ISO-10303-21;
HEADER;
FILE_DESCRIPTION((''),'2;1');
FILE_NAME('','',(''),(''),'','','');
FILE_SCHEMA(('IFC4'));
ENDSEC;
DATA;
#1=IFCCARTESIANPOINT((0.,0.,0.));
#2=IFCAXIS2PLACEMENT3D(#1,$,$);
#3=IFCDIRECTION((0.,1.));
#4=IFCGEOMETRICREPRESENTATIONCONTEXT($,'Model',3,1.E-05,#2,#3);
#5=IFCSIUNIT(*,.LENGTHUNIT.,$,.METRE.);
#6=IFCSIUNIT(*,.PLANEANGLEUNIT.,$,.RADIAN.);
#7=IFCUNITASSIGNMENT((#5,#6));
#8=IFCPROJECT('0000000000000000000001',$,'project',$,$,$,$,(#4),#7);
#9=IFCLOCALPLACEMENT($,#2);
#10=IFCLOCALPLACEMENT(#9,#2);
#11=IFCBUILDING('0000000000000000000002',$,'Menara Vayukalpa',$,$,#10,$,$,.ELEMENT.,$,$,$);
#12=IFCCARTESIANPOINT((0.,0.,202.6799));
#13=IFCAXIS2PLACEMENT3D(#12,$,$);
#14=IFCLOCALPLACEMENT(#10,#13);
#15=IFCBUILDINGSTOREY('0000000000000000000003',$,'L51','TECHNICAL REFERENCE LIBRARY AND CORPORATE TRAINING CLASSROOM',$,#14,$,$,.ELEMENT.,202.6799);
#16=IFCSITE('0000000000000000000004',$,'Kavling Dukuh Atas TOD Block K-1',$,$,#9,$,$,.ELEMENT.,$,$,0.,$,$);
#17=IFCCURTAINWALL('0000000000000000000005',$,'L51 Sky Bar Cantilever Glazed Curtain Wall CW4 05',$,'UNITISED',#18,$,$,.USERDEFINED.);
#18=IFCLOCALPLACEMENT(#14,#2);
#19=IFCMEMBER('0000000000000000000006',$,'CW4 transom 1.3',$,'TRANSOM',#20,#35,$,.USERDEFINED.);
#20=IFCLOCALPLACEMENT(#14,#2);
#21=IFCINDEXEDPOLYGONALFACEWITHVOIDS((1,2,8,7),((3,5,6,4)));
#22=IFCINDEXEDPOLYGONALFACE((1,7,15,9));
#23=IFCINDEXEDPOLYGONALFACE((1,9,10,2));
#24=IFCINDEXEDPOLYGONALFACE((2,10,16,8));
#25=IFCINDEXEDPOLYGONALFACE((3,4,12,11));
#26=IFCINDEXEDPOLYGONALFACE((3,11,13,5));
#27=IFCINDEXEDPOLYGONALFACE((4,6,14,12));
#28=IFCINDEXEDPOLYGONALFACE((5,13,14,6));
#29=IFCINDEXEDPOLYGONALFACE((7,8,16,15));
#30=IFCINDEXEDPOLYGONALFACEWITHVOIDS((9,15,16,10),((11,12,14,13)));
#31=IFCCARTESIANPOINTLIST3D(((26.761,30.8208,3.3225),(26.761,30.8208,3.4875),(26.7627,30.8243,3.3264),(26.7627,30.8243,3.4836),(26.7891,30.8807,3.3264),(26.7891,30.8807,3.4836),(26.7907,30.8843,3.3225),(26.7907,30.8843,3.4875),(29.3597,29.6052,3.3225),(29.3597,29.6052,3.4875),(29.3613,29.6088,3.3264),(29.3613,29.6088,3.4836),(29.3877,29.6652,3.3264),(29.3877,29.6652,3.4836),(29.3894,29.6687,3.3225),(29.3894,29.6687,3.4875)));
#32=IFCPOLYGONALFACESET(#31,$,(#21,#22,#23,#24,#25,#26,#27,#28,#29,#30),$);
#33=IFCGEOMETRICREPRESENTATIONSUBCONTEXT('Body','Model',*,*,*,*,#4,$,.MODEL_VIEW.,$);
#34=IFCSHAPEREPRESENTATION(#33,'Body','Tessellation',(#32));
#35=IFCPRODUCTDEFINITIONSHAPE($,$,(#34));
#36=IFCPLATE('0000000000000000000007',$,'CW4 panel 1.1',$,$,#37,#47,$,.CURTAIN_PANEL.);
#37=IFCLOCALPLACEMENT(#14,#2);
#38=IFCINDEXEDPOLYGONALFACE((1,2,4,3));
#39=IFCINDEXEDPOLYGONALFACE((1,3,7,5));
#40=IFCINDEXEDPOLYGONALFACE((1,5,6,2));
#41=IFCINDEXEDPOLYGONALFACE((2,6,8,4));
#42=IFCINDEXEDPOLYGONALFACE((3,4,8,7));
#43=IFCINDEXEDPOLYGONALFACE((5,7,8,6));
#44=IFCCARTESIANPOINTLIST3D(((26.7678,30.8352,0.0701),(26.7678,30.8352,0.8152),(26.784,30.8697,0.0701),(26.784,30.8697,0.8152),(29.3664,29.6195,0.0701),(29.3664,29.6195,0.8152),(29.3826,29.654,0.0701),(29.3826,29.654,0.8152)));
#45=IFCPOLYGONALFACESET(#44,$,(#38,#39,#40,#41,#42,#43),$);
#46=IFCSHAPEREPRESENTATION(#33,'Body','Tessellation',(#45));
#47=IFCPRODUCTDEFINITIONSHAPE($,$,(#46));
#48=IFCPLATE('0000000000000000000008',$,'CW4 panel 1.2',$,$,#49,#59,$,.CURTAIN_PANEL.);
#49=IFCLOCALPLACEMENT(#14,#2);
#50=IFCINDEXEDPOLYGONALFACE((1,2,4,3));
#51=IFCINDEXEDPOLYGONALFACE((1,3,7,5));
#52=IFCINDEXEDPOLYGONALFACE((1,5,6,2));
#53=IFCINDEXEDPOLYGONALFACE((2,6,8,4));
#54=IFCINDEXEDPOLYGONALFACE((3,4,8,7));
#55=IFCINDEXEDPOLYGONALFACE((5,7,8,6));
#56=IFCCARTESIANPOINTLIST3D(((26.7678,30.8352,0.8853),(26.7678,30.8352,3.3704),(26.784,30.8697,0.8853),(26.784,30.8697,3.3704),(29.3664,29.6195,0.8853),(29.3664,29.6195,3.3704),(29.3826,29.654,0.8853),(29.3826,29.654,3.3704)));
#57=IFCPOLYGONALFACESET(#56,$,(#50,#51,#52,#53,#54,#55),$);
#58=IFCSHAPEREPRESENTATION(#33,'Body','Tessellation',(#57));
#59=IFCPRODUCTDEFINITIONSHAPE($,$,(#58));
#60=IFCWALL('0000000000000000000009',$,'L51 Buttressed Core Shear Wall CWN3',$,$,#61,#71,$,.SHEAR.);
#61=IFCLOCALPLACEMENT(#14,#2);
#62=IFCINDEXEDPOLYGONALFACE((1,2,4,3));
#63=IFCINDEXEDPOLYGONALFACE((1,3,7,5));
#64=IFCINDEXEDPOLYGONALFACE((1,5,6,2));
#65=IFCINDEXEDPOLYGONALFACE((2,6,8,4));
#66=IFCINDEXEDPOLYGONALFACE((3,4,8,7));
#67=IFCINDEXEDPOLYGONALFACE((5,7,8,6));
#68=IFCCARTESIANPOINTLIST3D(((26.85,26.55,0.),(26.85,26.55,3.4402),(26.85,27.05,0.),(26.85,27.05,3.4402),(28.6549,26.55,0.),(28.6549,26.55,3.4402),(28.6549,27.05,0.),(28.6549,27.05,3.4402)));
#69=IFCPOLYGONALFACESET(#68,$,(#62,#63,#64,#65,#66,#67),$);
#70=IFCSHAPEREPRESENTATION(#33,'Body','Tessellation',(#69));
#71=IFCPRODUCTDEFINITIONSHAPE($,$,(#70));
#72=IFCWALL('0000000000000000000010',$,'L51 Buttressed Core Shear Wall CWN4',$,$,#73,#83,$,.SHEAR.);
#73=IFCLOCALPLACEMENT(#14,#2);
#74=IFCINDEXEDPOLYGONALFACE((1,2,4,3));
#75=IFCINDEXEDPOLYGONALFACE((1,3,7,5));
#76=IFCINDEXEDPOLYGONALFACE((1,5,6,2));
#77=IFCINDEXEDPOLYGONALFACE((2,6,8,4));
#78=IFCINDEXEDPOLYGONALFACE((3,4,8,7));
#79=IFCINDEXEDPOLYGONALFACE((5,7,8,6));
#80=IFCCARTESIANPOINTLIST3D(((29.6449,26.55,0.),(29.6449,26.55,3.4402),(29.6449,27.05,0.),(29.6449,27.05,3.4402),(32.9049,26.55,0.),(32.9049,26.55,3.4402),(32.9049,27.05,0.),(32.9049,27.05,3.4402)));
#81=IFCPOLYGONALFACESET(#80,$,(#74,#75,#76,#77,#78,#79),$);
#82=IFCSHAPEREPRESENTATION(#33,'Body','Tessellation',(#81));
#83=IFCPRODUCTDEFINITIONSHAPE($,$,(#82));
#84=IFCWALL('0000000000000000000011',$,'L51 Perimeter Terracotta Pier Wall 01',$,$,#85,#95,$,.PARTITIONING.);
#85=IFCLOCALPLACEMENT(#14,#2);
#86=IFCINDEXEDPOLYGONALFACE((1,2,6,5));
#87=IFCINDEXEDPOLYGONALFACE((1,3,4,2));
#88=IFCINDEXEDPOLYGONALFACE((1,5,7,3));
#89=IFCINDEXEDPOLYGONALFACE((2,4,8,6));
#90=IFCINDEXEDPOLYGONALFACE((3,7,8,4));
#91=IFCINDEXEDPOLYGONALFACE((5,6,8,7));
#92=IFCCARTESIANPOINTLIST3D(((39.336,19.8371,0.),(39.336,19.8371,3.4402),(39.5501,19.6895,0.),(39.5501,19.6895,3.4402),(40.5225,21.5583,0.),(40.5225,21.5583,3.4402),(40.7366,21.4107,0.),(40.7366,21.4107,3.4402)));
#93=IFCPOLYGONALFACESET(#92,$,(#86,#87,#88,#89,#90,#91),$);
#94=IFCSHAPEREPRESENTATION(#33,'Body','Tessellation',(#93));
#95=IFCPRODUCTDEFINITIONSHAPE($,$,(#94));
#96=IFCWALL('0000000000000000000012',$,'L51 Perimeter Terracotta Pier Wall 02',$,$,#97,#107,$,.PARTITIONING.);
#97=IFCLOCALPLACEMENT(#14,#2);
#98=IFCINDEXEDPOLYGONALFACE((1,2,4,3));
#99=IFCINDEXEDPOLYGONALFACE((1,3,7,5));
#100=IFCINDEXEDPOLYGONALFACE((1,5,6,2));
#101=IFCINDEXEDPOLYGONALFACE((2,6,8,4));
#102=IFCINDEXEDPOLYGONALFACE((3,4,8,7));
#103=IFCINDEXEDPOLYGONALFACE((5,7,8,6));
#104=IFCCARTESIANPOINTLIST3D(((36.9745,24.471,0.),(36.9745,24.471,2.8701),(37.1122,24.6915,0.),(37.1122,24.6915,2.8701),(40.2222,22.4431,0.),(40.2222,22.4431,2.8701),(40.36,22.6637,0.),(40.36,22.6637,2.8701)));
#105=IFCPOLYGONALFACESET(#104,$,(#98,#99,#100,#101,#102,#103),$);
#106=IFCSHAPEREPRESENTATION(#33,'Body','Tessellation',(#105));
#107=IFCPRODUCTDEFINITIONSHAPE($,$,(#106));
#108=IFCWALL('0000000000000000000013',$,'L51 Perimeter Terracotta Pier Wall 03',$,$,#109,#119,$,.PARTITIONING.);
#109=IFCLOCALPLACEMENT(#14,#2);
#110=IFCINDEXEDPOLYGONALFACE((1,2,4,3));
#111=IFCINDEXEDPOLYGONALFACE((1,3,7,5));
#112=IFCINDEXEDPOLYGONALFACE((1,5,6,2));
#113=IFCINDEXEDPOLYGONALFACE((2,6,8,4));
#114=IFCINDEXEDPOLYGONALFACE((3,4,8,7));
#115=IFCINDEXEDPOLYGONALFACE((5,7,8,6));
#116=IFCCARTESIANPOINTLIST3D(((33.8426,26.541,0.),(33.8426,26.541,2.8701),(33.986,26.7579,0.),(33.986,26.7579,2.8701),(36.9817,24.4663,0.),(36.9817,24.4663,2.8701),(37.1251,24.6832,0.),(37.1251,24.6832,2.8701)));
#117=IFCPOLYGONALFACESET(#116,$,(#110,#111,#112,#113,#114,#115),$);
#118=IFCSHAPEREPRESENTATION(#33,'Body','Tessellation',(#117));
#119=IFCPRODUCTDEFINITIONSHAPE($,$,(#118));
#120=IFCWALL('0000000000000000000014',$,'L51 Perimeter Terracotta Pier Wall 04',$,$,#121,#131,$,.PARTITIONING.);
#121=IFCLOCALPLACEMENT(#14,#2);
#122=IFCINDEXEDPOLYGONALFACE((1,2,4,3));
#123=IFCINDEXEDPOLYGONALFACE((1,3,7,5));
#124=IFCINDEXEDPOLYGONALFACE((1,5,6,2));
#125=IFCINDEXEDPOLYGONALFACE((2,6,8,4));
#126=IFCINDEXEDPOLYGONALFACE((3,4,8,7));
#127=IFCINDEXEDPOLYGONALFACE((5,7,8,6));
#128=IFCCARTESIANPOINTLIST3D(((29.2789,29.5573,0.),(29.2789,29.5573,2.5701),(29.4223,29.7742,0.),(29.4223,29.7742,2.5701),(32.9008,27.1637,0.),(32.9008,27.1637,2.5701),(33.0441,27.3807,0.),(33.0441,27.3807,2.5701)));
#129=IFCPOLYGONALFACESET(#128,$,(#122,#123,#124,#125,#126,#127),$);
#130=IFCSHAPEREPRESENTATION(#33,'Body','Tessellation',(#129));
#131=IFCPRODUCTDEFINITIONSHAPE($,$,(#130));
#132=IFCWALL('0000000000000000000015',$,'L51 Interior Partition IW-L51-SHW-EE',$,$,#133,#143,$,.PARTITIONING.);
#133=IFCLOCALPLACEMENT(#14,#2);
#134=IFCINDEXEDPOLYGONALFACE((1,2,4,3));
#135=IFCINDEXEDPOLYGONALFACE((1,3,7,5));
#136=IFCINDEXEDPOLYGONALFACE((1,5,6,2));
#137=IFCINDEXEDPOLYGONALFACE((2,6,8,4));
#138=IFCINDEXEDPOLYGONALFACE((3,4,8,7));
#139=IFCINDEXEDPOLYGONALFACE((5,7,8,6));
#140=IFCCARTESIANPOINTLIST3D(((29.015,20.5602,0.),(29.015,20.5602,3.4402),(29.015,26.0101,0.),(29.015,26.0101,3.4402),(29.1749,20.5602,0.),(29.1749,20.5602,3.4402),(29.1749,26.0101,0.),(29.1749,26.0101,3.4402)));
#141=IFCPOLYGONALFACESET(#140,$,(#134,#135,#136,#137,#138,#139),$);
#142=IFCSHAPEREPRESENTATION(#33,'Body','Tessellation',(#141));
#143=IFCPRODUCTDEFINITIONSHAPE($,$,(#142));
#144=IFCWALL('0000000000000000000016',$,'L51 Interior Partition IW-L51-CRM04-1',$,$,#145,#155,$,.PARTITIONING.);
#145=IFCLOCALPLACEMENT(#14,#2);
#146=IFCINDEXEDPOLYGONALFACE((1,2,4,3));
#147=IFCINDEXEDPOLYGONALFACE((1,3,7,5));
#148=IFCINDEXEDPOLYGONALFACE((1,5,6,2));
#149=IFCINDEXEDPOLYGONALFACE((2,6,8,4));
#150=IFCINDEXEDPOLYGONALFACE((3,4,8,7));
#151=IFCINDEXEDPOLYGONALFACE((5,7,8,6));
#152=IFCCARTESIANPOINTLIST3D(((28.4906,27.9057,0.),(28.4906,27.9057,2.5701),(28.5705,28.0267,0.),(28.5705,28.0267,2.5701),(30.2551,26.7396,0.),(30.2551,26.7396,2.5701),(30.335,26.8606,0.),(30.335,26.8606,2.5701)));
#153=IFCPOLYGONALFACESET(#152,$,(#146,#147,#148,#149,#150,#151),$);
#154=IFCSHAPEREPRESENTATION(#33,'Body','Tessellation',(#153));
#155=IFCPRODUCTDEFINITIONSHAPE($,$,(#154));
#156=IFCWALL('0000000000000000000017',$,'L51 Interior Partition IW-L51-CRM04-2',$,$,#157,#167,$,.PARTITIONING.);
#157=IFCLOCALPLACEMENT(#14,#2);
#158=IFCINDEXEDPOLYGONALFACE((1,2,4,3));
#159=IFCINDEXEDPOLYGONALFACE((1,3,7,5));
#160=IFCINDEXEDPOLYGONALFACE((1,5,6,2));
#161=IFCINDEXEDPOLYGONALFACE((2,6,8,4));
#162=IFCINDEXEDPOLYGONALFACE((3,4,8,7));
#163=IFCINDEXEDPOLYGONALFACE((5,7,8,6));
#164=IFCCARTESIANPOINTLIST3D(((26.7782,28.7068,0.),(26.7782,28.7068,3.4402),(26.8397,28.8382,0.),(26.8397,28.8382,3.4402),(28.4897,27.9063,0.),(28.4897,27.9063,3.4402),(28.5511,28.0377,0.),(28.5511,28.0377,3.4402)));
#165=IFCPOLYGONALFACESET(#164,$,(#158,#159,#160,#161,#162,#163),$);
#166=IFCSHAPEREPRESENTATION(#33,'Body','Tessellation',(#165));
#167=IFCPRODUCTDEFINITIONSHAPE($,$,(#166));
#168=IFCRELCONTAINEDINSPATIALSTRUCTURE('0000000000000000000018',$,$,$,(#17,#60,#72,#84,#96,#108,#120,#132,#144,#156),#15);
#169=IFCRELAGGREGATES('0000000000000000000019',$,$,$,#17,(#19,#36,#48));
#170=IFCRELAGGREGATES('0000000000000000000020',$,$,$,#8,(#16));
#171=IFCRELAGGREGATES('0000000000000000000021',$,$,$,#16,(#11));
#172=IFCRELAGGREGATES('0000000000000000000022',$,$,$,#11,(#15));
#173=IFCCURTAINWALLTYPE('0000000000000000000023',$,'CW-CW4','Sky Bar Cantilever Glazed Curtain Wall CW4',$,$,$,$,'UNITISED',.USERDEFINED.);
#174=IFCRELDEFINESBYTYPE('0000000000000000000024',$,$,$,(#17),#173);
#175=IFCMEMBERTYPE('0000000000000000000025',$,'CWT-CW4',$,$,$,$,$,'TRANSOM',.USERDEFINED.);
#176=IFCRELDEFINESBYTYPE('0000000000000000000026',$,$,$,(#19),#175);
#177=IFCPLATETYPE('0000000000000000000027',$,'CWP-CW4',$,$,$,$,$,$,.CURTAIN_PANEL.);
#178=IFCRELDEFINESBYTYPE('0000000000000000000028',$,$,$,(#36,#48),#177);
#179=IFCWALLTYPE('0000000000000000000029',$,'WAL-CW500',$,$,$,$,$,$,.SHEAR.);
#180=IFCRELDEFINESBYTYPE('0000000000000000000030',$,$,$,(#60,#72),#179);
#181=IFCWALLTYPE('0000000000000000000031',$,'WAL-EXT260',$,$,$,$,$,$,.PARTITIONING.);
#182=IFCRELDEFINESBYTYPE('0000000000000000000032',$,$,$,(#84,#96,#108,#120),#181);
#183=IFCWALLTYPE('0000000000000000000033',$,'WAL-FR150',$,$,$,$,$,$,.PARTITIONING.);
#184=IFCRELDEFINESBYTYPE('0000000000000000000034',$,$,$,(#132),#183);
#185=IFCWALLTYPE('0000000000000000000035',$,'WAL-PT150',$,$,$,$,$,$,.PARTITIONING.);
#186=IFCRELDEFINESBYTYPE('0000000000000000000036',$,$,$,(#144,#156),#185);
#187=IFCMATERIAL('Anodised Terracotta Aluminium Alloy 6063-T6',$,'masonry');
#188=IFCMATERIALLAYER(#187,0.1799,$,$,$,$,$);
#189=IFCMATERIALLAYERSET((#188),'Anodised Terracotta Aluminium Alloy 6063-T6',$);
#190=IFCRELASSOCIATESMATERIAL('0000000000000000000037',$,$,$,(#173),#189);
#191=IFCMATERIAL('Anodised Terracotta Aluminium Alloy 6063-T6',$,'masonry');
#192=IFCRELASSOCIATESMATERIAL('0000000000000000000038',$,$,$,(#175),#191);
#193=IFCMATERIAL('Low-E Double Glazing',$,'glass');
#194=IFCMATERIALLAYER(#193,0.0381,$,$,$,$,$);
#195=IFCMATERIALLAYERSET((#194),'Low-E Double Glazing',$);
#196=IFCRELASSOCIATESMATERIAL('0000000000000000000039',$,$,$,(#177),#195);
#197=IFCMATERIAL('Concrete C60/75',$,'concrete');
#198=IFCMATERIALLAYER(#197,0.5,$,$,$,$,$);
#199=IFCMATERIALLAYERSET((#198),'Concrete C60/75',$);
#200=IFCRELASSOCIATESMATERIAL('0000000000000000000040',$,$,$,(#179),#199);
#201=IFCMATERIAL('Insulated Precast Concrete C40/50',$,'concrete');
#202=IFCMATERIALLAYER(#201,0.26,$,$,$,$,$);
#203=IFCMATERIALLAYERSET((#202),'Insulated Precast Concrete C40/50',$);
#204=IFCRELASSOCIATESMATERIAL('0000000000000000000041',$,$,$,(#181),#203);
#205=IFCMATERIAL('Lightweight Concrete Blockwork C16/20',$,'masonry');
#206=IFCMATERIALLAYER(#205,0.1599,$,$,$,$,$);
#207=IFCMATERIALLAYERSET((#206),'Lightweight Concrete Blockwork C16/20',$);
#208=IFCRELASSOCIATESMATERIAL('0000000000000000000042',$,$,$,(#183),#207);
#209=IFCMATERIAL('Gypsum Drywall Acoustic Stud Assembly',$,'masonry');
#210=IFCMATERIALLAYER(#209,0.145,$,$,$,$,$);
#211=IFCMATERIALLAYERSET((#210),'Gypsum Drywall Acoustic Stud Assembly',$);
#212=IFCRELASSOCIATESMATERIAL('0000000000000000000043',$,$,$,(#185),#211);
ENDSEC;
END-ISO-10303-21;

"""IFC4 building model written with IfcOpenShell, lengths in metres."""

from ifc_helpers import new_model, si_unit, direction, frame, frame_2d, origin, origin_2d, place, context, subcontext, project, spatial, rectangle, hollow_rectangle, extrude, material, layer, layer_set, material_profile, profile_set, type_object, element, aggregate, save


model = new_model("IFC4")

# Units and contexts
model_context = context("Model", 3, precision=1e-05, world=origin(), true_north=direction((0.0, 1.0)))
body_context = subcontext(model_context, "Body", "Model", "MODEL_VIEW")
ifc_project = project(units=[si_unit("LENGTHUNIT", "METRE"), si_unit("PLANEANGLEUNIT", "RADIAN")], contexts=[model_context])

# Site, building, storey
site_placement = place(None, origin())
site = spatial("IfcSite", under=ifc_project, at=site_placement, Name="Kavling Dukuh Atas TOD Block K-1", CompositionType="ELEMENT", RefElevation=0.0)
building_placement = place(site_placement, origin())
building = spatial("IfcBuilding", under=site, at=building_placement, Name="Menara Vayukalpa", CompositionType="ELEMENT")
storey_placement = place(building_placement, frame((0.0, 0.0, 202.6799)))
storey = spatial("IfcBuildingStorey", under=building, at=storey_placement, Name="L51", Description="TECHNICAL REFERENCE LIBRARY AND CORPORATE TRAINING CLASSROOM", CompositionType="ELEMENT", Elevation=202.6799)

# Curtain wall, member, plates
ifc_material_1 = material(Name="Anodised Terracotta Aluminium Alloy 6063-T6", Category="masonry")
ifc_layer_1 = layer(ifc_material_1, 0.1799)
ifc_layer_set_1 = layer_set([ifc_layer_1], Name="Anodised Terracotta Aluminium Alloy 6063-T6")
curtain_wall_type = type_object("IfcCurtainWallType", Name="CW-CW4", Description="Sky Bar Cantilever Glazed Curtain Wall CW4", ElementType="UNITISED", PredefinedType="USERDEFINED", material=ifc_layer_set_1)
curtain_wall_placement = place(storey_placement, origin())
curtain_wall = element("IfcCurtainWall", 1, at=curtain_wall_placement, inside=storey, type_object=curtain_wall_type, Name="L51 Sky Bar Cantilever Glazed Curtain Wall CW4 05", ObjectType="UNITISED", PredefinedType="USERDEFINED")
ifc_material_2 = material(Name="Anodised Terracotta Aluminium Alloy 6063-T6", Category="masonry")
ifc_material_profile_1 = material_profile(ifc_material_2, hollow_rectangle(XDim=0.0701, YDim=0.165, WallThickness=0.0039, at=origin_2d()), Name="ALU 70x165x4")
ifc_profile_set_1 = profile_set([ifc_material_profile_1], Name="Anodised Terracotta Aluminium Alloy 6063-T6")
member_type_1 = type_object("IfcMemberType", Name="CWT-CW4", ElementType="TRANSOM", PredefinedType="USERDEFINED", material=ifc_profile_set_1)
member_1_placement = place(storey_placement, frame((29.3745, 29.637, 3.405), z_axis=(-0.905798, 0.42371, 0.0), x_axis=(-0.42371, -0.905798, 0.0)))
member_1 = element("IfcMember", 2, at=member_1_placement, type_object=member_type_1, Name="CW4 transom 1.3", ObjectType="TRANSOM", PredefinedType="USERDEFINED", context=body_context, shape_type="SweptSolid", body=[
    extrude(hollow_rectangle(XDim=0.0701, YDim=0.165, WallThickness=0.0039, at=origin_2d()), origin(), (0.0, 0.0, 1.0), 2.8689),
])
ifc_material_3 = material(Name="Low-E Double Glazing", Category="glass")
ifc_layer_2 = layer(ifc_material_3, 0.0381)
ifc_layer_set_2 = layer_set([ifc_layer_2], Name="Low-E Double Glazing")
plate_type = type_object("IfcPlateType", Name="CWP-CW4", PredefinedType="CURTAIN_PANEL", material=ifc_layer_set_2)
plate_1_placement = place(storey_placement, frame((28.0752, 30.2446, 0.0701), z_axis=(0.0, 0.0, 1.0), x_axis=(-0.905782, 0.423744, 0.0)))
plate_1 = element("IfcPlate", 3, at=plate_1_placement, type_object=plate_type, Name="CW4 panel 1.1", PredefinedType="CURTAIN_PANEL", context=body_context, shape_type="SweptSolid", body=[
    extrude(rectangle(XDim=2.8689, YDim=0.0381, at=origin_2d()), origin(), (0.0, 0.0, 1.0), 0.7451),
])
plate_2_placement = place(storey_placement, frame((28.0752, 30.2446, 0.8853), z_axis=(0.0, 0.0, 1.0), x_axis=(-0.905782, 0.423744, 0.0)))
plate_2 = element("IfcPlate", 4, at=plate_2_placement, type_object=plate_type, Name="CW4 panel 1.2", PredefinedType="CURTAIN_PANEL", context=body_context, shape_type="SweptSolid", body=[
    extrude(rectangle(XDim=2.8689, YDim=0.0381, at=origin_2d()), origin(), (0.0, 0.0, 1.0), 2.4851),
])
aggregate(curtain_wall, [member_1, plate_1, plate_2])

# Walls
ifc_material_4 = material(Name="Concrete C60/75", Category="concrete")
ifc_layer_3 = layer(ifc_material_4, 0.5)
ifc_layer_set_3 = layer_set([ifc_layer_3], Name="Concrete C60/75")
wall_type_1 = type_object("IfcWallType", Name="WAL-CW500", PredefinedType="SHEAR", material=ifc_layer_set_3)
wall_1_placement = place(storey_placement, frame((26.8501, 26.8, 0.0), z_axis=(0.0, 0.0, 1.0), x_axis=(1.0, 0.0, 0.0)))
element("IfcWall", 5, at=wall_1_placement, inside=storey, type_object=wall_type_1, Name="L51 Buttressed Core Shear Wall CWN3", PredefinedType="SHEAR", context=body_context, shape_type="SweptSolid", body=[
    extrude(rectangle(XDim=1.8049, YDim=0.5, at=frame_2d((0.9023, 0.0))), origin(), (0.0, 0.0, 1.0), 3.4402),
])
wall_2_placement = place(storey_placement, frame((29.645, 26.8, 0.0), z_axis=(0.0, 0.0, 1.0), x_axis=(1.0, 0.0, 0.0)))
element("IfcWall", 6, at=wall_2_placement, inside=storey, type_object=wall_type_1, Name="L51 Buttressed Core Shear Wall CWN4", PredefinedType="SHEAR", context=body_context, shape_type="SweptSolid", body=[
    extrude(rectangle(XDim=3.26, YDim=0.5, at=frame_2d((1.6299, 0.0))), origin(), (0.0, 0.0, 1.0), 3.4402),
])
ifc_material_5 = material(Name="Insulated Precast Concrete C40/50", Category="concrete")
ifc_layer_4 = layer(ifc_material_5, 0.26)
ifc_layer_set_4 = layer_set([ifc_layer_4], Name="Insulated Precast Concrete C40/50")
wall_type_2 = type_object("IfcWallType", Name="WAL-EXT260", PredefinedType="PARTITIONING", material=ifc_layer_set_4)
wall_3_placement = place(storey_placement, frame((40.6296, 21.4846, 0.0), z_axis=(0.0, 0.0, 1.0), x_axis=(-0.567569, -0.823326, 0.0)))
element("IfcWall", 7, at=wall_3_placement, inside=storey, type_object=wall_type_2, Name="L51 Perimeter Terracotta Pier Wall 01", PredefinedType="PARTITIONING", context=body_context, shape_type="SweptSolid", body=[
    extrude(rectangle(XDim=2.0906, YDim=0.26, at=frame_2d((1.0454, 0.0))), origin(), (0.0, 0.0, 1.0), 3.4402),
])
wall_4_placement = place(storey_placement, frame((37.0432, 24.5813, 0.0), z_axis=(0.0, 0.0, 1.0), x_axis=(0.848238, -0.529615, 0.0)))
element("IfcWall", 8, at=wall_4_placement, inside=storey, type_object=wall_type_2, Name="L51 Perimeter Terracotta Pier Wall 02", PredefinedType="PARTITIONING", context=body_context, shape_type="SweptSolid", body=[
    extrude(rectangle(XDim=3.8289, YDim=0.26, at=frame_2d((1.9146, 0.0))), origin(), (0.0, 0.0, 1.0), 2.8701),
])
wall_5_placement = place(storey_placement, frame((33.9143, 26.6494, 0.0), z_axis=(0.0, 0.0, 1.0), x_axis=(0.83426, -0.551372, 0.0)))
element("IfcWall", 9, at=wall_5_placement, inside=storey, type_object=wall_type_2, Name="L51 Perimeter Terracotta Pier Wall 03", PredefinedType="PARTITIONING", context=body_context, shape_type="SweptSolid", body=[
    extrude(rectangle(XDim=3.7627, YDim=0.26, at=frame_2d((1.8813, 0.0))), origin(), (0.0, 0.0, 1.0), 2.8701),
])
wall_6_placement = place(storey_placement, frame((29.3506, 29.6658, 0.0), z_axis=(0.0, 0.0, 1.0), x_axis=(0.834276, -0.551347, 0.0)))
element("IfcWall", 10, at=wall_6_placement, inside=storey, type_object=wall_type_2, Name="L51 Perimeter Terracotta Pier Wall 04", PredefinedType="PARTITIONING", context=body_context, shape_type="SweptSolid", body=[
    extrude(rectangle(XDim=4.3413, YDim=0.26, at=frame_2d((2.1707, 0.0))), origin(), (0.0, 0.0, 1.0), 2.5701),
])
ifc_material_6 = material(Name="Lightweight Concrete Blockwork C16/20", Category="masonry")
ifc_layer_5 = layer(ifc_material_6, 0.1599)
ifc_layer_set_5 = layer_set([ifc_layer_5], Name="Lightweight Concrete Blockwork C16/20")
wall_type_3 = type_object("IfcWallType", Name="WAL-FR150", PredefinedType="PARTITIONING", material=ifc_layer_set_5)
wall_7_placement = place(storey_placement, frame((29.095, 20.5601, 0.0), z_axis=(0.0, 0.0, 1.0), x_axis=(0.0, 1.0, 0.0)))
element("IfcWall", 11, at=wall_7_placement, inside=storey, type_object=wall_type_3, Name="L51 Interior Partition IW-L51-SHW-EE", PredefinedType="PARTITIONING", context=body_context, shape_type="SweptSolid", body=[
    extrude(rectangle(XDim=5.45, YDim=0.1599, at=frame_2d((2.7251, 0.0))), origin(), (0.0, 0.0, 1.0), 3.4402),
])
ifc_material_7 = material(Name="Gypsum Drywall Acoustic Stud Assembly", Category="masonry")
ifc_layer_6 = layer(ifc_material_7, 0.145)
ifc_layer_set_6 = layer_set([ifc_layer_6], Name="Gypsum Drywall Acoustic Stud Assembly")
wall_type_4 = type_object("IfcWallType", Name="WAL-PT150", PredefinedType="PARTITIONING", material=ifc_layer_set_6)
wall_8_placement = place(storey_placement, frame((30.2952, 26.8, 0.0), z_axis=(0.0, 0.0, 1.0), x_axis=(-0.834281, 0.551339, 0.0)))
element("IfcWall", 12, at=wall_8_placement, inside=storey, type_object=wall_type_4, Name="L51 Interior Partition IW-L51-CRM04-1", PredefinedType="PARTITIONING", context=body_context, shape_type="SweptSolid", body=[
    extrude(rectangle(XDim=2.115, YDim=0.145, at=frame_2d((1.0576, 0.0))), origin(), (0.0, 0.0, 1.0), 2.5701),
])
wall_9_placement = place(storey_placement, frame((28.5205, 27.9719, 0.0), z_axis=(0.0, 0.0, 1.0), x_axis=(-0.905803, 0.423699, 0.0)))
element("IfcWall", 13, at=wall_9_placement, inside=storey, type_object=wall_type_4, Name="L51 Interior Partition IW-L51-CRM04-2", PredefinedType="PARTITIONING", context=body_context, shape_type="SweptSolid", body=[
    extrude(rectangle(XDim=1.8894, YDim=0.145, at=frame_2d((0.9448, 0.0))), origin(), (0.0, 0.0, 1.0), 3.4402),
])

save(model, "model.ifc")
